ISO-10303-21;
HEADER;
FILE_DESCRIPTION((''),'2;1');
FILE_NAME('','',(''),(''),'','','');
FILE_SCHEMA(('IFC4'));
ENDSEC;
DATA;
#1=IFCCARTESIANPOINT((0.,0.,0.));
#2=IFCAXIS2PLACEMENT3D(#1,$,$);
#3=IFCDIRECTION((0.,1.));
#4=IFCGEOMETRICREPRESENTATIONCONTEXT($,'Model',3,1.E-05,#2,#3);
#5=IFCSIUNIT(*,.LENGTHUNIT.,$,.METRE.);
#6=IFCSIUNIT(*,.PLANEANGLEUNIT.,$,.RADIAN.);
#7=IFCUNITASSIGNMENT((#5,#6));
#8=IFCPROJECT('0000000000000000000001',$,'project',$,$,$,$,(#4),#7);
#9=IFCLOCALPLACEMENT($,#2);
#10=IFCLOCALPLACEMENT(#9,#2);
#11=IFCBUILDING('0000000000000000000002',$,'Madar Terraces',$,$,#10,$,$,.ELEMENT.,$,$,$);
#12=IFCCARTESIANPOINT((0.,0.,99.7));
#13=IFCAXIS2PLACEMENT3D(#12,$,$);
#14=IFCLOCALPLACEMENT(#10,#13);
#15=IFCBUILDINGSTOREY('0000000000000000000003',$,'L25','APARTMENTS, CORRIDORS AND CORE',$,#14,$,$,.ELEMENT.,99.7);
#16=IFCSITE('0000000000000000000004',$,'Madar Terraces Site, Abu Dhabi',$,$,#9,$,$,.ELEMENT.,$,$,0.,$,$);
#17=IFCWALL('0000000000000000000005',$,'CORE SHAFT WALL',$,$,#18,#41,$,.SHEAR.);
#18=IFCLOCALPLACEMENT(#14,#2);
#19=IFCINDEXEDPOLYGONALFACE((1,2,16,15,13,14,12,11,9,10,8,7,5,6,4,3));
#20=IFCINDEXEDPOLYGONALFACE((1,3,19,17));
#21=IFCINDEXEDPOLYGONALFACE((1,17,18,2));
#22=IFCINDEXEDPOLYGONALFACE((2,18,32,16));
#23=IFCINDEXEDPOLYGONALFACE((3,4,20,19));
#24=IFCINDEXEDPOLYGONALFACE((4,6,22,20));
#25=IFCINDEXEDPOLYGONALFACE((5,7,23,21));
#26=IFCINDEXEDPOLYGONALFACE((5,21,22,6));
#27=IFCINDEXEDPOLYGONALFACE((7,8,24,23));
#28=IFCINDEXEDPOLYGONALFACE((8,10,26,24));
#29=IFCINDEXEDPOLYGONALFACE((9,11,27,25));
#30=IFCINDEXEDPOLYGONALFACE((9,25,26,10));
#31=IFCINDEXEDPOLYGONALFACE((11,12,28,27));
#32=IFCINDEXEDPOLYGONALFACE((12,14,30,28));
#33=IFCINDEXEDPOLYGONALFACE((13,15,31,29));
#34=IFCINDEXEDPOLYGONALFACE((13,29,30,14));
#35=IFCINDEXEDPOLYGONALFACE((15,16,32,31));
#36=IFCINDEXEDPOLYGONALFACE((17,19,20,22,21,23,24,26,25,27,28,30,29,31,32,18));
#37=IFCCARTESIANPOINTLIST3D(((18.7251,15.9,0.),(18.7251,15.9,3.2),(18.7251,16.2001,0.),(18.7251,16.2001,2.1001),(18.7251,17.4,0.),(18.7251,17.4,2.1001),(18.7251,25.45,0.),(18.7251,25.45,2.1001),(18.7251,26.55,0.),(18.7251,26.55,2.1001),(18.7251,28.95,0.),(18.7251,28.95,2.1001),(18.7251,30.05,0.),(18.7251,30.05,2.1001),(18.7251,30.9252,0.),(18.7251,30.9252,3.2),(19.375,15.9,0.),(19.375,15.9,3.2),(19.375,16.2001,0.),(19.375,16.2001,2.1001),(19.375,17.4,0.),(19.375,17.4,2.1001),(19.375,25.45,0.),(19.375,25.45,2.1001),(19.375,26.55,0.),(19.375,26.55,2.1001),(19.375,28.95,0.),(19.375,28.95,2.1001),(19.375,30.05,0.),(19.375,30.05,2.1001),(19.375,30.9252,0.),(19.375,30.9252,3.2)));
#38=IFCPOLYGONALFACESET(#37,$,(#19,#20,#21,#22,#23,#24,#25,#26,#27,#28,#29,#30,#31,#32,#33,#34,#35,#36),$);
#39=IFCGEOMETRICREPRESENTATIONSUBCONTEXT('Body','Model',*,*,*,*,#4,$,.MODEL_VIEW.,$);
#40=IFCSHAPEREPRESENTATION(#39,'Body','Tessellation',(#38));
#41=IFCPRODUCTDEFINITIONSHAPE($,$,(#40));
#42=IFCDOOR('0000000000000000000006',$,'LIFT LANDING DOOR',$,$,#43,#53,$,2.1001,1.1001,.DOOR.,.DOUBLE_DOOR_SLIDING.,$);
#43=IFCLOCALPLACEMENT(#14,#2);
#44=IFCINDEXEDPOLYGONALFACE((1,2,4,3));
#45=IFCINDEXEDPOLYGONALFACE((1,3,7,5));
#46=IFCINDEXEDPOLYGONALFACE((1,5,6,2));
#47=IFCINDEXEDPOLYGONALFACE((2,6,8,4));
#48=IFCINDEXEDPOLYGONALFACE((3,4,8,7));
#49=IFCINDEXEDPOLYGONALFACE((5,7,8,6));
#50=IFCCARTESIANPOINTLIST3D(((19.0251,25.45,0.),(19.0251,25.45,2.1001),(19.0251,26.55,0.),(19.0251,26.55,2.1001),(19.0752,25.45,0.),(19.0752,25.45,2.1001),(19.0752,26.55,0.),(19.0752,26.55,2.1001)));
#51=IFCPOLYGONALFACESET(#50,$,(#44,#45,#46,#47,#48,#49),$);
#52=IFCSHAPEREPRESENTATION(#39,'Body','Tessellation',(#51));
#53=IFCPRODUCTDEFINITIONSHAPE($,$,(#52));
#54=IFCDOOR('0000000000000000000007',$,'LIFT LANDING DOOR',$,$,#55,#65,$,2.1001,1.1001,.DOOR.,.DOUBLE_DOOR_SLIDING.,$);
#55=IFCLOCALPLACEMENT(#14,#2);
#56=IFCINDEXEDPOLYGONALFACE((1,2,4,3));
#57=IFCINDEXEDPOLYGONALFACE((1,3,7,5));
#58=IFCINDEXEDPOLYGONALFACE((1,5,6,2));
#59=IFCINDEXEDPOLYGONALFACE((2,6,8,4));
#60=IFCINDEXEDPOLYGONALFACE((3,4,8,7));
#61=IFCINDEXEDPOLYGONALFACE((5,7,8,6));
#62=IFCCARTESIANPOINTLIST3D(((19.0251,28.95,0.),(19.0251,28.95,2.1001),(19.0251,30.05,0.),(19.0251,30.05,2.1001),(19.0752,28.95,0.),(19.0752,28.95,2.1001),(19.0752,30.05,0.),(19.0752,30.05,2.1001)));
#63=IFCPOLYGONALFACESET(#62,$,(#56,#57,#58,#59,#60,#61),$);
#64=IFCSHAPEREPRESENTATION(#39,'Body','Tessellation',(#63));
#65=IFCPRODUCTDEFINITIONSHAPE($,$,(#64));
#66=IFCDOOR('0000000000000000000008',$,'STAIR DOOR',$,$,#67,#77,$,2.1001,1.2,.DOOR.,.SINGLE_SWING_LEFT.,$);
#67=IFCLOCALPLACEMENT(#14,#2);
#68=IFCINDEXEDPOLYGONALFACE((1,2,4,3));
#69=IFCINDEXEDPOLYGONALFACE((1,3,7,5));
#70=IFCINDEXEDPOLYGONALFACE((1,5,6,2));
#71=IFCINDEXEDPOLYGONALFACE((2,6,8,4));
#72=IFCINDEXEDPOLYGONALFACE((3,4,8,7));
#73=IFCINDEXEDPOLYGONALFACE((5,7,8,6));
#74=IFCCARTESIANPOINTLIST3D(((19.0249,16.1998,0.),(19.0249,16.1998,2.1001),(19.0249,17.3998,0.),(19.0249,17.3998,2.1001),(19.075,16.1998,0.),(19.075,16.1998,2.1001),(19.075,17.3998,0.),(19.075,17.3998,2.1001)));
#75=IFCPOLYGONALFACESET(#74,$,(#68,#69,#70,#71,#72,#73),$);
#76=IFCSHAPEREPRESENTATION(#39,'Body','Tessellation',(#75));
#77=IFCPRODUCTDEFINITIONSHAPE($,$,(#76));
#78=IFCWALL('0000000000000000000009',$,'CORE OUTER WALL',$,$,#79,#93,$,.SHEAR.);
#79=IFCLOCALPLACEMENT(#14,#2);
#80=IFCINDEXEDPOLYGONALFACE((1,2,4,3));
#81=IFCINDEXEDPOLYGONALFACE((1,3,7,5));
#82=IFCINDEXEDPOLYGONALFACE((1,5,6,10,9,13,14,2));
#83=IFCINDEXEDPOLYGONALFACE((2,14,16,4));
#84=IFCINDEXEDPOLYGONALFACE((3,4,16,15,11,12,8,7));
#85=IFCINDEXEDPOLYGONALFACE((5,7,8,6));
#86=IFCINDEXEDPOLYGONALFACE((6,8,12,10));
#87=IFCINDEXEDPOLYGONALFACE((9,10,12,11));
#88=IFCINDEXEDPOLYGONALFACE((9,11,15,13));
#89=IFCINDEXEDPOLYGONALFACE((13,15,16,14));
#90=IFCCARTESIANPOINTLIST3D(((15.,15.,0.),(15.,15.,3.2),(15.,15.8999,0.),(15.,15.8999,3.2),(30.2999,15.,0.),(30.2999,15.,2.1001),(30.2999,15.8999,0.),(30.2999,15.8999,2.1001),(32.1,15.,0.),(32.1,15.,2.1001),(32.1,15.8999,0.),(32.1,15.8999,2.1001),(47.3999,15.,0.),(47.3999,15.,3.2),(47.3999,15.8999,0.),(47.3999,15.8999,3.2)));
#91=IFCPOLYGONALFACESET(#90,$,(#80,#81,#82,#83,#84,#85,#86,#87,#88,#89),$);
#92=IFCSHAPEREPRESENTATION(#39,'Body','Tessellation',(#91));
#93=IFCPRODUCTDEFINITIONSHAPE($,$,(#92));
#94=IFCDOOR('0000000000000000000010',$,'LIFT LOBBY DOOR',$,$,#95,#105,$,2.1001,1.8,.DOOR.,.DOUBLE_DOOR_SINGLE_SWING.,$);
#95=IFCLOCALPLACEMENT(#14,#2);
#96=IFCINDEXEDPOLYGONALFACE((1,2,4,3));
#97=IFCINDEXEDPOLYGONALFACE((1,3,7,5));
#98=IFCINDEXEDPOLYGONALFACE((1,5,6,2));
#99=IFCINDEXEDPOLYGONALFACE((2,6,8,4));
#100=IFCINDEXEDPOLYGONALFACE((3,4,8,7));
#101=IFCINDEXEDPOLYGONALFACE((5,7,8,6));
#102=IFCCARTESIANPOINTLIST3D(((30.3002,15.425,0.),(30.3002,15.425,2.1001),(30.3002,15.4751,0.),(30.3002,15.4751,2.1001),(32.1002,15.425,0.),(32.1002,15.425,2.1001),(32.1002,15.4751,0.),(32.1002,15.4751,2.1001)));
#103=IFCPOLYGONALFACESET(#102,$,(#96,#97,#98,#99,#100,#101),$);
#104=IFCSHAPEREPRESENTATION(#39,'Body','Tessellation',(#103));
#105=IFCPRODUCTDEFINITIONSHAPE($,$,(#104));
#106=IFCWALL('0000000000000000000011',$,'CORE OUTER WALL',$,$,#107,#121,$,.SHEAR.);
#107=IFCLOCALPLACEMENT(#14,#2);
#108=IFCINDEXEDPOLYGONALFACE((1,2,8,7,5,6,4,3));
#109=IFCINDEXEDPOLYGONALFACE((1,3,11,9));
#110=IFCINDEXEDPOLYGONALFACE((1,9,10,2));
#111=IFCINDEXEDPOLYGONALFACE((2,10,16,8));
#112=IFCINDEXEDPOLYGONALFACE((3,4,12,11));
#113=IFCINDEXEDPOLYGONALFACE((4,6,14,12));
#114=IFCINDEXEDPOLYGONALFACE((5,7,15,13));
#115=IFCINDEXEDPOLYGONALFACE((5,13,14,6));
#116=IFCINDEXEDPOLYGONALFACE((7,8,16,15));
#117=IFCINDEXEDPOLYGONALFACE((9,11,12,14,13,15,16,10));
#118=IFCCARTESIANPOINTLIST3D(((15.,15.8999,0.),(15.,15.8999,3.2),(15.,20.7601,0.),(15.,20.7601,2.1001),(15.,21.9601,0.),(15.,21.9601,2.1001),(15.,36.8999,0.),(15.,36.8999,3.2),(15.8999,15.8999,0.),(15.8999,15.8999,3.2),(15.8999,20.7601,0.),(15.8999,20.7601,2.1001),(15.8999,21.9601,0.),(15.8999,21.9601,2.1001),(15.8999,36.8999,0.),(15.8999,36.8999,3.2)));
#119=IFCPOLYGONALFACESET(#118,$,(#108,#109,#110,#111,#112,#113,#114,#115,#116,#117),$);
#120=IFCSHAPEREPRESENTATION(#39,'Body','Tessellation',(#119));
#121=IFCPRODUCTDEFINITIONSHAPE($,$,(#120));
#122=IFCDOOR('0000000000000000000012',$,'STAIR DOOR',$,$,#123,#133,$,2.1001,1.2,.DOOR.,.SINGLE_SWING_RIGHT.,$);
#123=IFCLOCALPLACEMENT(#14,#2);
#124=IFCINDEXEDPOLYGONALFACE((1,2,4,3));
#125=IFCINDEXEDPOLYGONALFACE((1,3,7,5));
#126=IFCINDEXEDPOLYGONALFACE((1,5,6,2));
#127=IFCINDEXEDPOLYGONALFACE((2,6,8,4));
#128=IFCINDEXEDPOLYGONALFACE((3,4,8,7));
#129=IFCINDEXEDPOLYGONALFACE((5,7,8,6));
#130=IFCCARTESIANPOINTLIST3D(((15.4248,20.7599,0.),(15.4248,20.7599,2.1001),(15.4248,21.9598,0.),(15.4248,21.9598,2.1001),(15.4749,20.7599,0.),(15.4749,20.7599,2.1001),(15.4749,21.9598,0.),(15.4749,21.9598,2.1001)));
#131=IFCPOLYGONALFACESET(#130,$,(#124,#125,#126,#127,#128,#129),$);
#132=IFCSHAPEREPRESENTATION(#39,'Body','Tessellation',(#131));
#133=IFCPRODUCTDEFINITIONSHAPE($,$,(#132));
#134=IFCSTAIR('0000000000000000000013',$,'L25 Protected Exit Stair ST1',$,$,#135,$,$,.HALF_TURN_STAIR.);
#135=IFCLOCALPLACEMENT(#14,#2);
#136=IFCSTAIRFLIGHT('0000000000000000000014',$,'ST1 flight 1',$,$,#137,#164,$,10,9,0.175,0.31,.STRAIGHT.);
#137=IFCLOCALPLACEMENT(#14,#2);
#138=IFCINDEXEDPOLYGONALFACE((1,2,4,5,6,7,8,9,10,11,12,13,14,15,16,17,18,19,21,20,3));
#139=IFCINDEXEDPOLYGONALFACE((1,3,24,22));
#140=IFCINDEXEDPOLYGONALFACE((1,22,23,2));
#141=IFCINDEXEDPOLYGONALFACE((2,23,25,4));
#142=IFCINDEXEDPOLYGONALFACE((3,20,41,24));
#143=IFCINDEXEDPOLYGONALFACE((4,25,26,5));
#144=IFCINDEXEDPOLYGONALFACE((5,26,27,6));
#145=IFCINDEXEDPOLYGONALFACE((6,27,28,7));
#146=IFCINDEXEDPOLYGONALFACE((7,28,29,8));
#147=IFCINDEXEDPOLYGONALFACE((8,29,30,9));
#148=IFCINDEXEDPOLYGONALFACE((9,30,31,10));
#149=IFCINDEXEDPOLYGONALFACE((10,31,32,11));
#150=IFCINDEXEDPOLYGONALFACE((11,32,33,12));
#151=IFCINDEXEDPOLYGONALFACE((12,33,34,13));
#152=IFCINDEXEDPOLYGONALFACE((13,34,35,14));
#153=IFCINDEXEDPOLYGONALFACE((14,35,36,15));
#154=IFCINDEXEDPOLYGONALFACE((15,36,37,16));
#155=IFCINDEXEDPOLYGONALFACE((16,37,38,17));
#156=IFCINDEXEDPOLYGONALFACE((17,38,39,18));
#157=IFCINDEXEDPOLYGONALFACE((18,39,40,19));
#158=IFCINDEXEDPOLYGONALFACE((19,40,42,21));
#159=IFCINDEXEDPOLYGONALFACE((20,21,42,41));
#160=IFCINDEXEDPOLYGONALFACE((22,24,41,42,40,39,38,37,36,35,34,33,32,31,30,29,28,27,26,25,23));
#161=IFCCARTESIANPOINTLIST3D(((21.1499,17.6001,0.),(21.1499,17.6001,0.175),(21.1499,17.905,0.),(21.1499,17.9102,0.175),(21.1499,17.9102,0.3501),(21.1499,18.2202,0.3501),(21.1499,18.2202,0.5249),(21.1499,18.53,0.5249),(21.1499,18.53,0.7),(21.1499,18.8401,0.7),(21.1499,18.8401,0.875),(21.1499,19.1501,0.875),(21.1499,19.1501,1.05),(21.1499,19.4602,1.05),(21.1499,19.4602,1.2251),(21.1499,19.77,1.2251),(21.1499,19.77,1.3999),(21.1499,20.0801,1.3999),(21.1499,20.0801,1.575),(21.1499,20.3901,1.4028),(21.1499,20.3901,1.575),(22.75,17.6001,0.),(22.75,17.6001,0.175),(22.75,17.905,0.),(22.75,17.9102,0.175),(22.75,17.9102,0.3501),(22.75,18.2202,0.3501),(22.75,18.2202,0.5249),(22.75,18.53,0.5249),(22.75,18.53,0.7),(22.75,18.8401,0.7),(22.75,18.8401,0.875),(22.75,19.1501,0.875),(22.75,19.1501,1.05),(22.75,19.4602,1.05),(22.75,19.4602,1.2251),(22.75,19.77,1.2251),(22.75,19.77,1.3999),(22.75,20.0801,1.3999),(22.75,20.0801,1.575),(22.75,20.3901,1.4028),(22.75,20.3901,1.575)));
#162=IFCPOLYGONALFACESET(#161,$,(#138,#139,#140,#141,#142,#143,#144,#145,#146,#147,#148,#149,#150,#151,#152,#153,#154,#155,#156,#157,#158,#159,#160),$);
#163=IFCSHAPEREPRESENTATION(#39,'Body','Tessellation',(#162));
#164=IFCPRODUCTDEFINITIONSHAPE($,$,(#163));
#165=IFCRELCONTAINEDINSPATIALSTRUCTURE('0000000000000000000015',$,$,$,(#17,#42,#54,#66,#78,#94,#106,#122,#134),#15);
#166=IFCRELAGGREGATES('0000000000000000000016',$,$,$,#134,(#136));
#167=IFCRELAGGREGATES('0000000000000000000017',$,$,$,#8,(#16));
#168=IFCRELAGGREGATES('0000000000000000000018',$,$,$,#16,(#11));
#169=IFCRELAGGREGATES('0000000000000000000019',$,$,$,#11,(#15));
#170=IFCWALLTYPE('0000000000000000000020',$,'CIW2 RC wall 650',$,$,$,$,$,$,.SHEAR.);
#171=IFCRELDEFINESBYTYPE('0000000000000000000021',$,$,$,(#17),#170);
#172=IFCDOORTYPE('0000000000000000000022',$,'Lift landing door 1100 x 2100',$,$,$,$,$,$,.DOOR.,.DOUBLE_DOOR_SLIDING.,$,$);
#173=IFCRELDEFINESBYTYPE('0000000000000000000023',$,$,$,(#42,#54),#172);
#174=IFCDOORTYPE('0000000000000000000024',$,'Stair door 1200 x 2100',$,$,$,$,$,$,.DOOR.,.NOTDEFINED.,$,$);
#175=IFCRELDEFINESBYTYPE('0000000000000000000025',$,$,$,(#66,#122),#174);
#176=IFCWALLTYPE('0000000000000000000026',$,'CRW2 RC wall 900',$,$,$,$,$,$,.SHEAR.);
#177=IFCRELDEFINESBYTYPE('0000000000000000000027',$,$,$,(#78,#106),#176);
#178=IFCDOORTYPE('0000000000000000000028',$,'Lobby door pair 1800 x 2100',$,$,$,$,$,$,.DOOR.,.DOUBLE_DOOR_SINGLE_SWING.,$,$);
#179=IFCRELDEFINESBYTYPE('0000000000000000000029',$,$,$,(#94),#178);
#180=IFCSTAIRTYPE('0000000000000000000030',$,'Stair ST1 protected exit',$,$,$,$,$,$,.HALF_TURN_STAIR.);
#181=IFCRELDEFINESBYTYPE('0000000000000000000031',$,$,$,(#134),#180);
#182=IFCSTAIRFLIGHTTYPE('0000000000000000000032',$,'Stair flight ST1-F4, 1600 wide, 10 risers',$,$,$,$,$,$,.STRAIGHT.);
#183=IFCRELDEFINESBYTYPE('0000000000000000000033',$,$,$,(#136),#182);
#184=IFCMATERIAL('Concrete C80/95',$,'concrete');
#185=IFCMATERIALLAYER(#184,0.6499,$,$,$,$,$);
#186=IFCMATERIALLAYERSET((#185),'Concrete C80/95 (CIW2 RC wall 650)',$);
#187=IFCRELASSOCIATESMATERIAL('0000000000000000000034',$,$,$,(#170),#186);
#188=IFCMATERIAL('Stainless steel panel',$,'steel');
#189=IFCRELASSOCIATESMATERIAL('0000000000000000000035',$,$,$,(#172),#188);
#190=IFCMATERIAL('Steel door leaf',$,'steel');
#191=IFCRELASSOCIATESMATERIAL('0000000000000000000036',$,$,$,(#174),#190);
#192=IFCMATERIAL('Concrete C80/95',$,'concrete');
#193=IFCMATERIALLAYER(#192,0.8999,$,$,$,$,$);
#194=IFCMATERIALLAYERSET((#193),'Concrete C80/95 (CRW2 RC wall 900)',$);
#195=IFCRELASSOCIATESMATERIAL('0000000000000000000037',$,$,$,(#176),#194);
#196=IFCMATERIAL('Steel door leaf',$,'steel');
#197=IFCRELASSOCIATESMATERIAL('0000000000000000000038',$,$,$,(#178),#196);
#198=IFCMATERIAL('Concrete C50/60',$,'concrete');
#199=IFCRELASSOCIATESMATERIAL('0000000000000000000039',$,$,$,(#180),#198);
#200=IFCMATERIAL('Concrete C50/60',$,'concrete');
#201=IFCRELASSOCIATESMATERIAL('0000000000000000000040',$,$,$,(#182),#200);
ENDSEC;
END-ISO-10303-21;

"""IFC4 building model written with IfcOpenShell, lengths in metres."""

from ifc_helpers import new_model, si_unit, direction, frame, frame_2d, origin, place, context, subcontext, project, spatial, polyline, rectangle, outline, extrude, material, layer, layer_set, type_object, element, fill, aggregate, save


model = new_model("IFC4")

# Units and contexts
model_context = context("Model", 3, precision=1e-05, world=origin(), true_north=direction((0.0, 1.0)))
body_context = subcontext(model_context, "Body", "Model", "MODEL_VIEW")
ifc_project = project(units=[si_unit("LENGTHUNIT", "METRE"), si_unit("PLANEANGLEUNIT", "RADIAN")], contexts=[model_context])

# Site, building, storey
site_placement = place(None, origin())
site = spatial("IfcSite", under=ifc_project, at=site_placement, Name="Madar Terraces Site, Abu Dhabi", CompositionType="ELEMENT", RefElevation=0.0)
building_placement = place(site_placement, origin())
building = spatial("IfcBuilding", under=site, at=building_placement, Name="Madar Terraces", CompositionType="ELEMENT")
storey_placement = place(building_placement, frame((0.0, 0.0, 99.7)))
storey = spatial("IfcBuildingStorey", under=building, at=storey_placement, Name="L25", Description="APARTMENTS, CORRIDORS AND CORE", CompositionType="ELEMENT", Elevation=99.7)

# Wall, openings, doors
ifc_material_1 = material(Name="Concrete C80/95", Category="concrete")
ifc_layer_1 = layer(ifc_material_1, 0.6499)
ifc_layer_set_1 = layer_set([ifc_layer_1], Name="Concrete C80/95 (CIW2 RC wall 650)")
wall_type_1 = type_object("IfcWallType", Name="CIW2 RC wall 650", PredefinedType="SHEAR", material=ifc_layer_set_1)
wall_1_placement = place(storey_placement, frame((19.05, 15.8999, 0.0), z_axis=(0.0, 0.0, 1.0), x_axis=(0.0, 1.0, 0.0)))
wall_1 = element("IfcWall", 1, at=wall_1_placement, inside=storey, type_object=wall_type_1, Name="CORE SHAFT WALL", PredefinedType="SHEAR", context=body_context, shape_type="SweptSolid", body=[
    extrude(rectangle(XDim=15.0251, YDim=0.6499, at=frame_2d((7.5127, 0.0))), origin(), (0.0, 0.0, 1.0), 3.2),
])
opening_1_placement = place(wall_1_placement, frame((9.55, 0.0, 0.0)))
opening_1 = element("IfcOpeningElement", 2, at=opening_1_placement, cuts=wall_1, PredefinedType="OPENING", context=body_context, shape_type="SweptSolid", body=[
    extrude(rectangle(XDim=1.1001, YDim=2.1001, at=frame_2d((0.55, 1.05))), frame((0.0, 0.335, 0.0), z_axis=(0.0, -1.0, 0.0), x_axis=(1.0, 0.0, 0.0)), (0.0, 0.0, 1.0), 0.6699),
])
opening_2_placement = place(wall_1_placement, frame((13.05, 0.0, 0.0)))
opening_2 = element("IfcOpeningElement", 3, at=opening_2_placement, cuts=wall_1, PredefinedType="OPENING", context=body_context, shape_type="SweptSolid", body=[
    extrude(rectangle(XDim=1.1001, YDim=2.1001, at=frame_2d((0.55, 1.05))), frame((0.0, 0.335, 0.0), z_axis=(0.0, -1.0, 0.0), x_axis=(1.0, 0.0, 0.0)), (0.0, 0.0, 1.0), 0.6699),
])
opening_3_placement = place(wall_1_placement, frame((0.3, 0.0, 0.0)))
opening_3 = element("IfcOpeningElement", 4, at=opening_3_placement, cuts=wall_1, PredefinedType="OPENING", context=body_context, shape_type="SweptSolid", body=[
    extrude(rectangle(XDim=1.2, YDim=2.1001, at=frame_2d((0.6001, 1.05))), frame((0.0, 0.335, 0.0), z_axis=(0.0, -1.0, 0.0), x_axis=(1.0, 0.0, 0.0)), (0.0, 0.0, 1.0), 0.6699),
])
ifc_material_2 = material(Name="Stainless steel panel", Category="steel")
door_type_1 = type_object("IfcDoorType", Name="Lift landing door 1100 x 2100", OperationType="DOUBLE_DOOR_SLIDING", PredefinedType="DOOR", material=ifc_material_2)
door_1_placement = place(opening_1_placement, origin())
door_1 = element("IfcDoor", 5, at=door_1_placement, inside=storey, type_object=door_type_1, Name="LIFT LANDING DOOR", OperationType="DOUBLE_DOOR_SLIDING", OverallHeight=2.1001, OverallWidth=1.1001, PredefinedType="DOOR", context=body_context, shape_type="SweptSolid", body=[
    extrude(rectangle(XDim=1.1001, YDim=2.1001, at=frame_2d((0.55, 1.05))), frame((0.0, 0.0249, 0.0), z_axis=(0.0, -1.0, 0.0), x_axis=(1.0, 0.0, 0.0)), (0.0, 0.0, 1.0), 0.05),
])
fill(opening_1, door_1)
door_2_placement = place(opening_2_placement, origin())
door_2 = element("IfcDoor", 6, at=door_2_placement, inside=storey, type_object=door_type_1, Name="LIFT LANDING DOOR", OperationType="DOUBLE_DOOR_SLIDING", OverallHeight=2.1001, OverallWidth=1.1001, PredefinedType="DOOR", context=body_context, shape_type="SweptSolid", body=[
    extrude(rectangle(XDim=1.1001, YDim=2.1001, at=frame_2d((0.55, 1.05))), frame((0.0, 0.0249, 0.0), z_axis=(0.0, -1.0, 0.0), x_axis=(1.0, 0.0, 0.0)), (0.0, 0.0, 1.0), 0.05),
])
fill(opening_2, door_2)
ifc_material_3 = material(Name="Steel door leaf", Category="steel")
door_type_2 = type_object("IfcDoorType", Name="Stair door 1200 x 2100", OperationType="NOTDEFINED", PredefinedType="DOOR", material=ifc_material_3)
door_3_placement = place(opening_3_placement, frame((1.2, 0.0, 0.0), z_axis=(0.0, 0.0, 1.0), x_axis=(-1.0, 0.0, 0.0)))
door_3 = element("IfcDoor", 7, at=door_3_placement, inside=storey, type_object=door_type_2, Name="STAIR DOOR", OperationType="SINGLE_SWING_LEFT", OverallHeight=2.1001, OverallWidth=1.2, PredefinedType="DOOR", context=body_context, shape_type="SweptSolid", body=[
    extrude(rectangle(XDim=1.2, YDim=2.1001, at=frame_2d((0.6001, 1.05))), frame((0.0, 0.0249, 0.0), z_axis=(0.0, -1.0, 0.0), x_axis=(1.0, 0.0, 0.0)), (0.0, 0.0, 1.0), 0.05),
])
fill(opening_3, door_3)

# Walls, openings, doors
ifc_material_4 = material(Name="Concrete C80/95", Category="concrete")
ifc_layer_2 = layer(ifc_material_4, 0.8999)
ifc_layer_set_2 = layer_set([ifc_layer_2], Name="Concrete C80/95 (CRW2 RC wall 900)")
wall_type_2 = type_object("IfcWallType", Name="CRW2 RC wall 900", PredefinedType="SHEAR", material=ifc_layer_set_2)
wall_2_placement = place(storey_placement, frame((15.0, 15.45, 0.0), z_axis=(0.0, 0.0, 1.0), x_axis=(1.0, 0.0, 0.0)))
wall_2 = element("IfcWall", 8, at=wall_2_placement, inside=storey, type_object=wall_type_2, Name="CORE OUTER WALL", PredefinedType="SHEAR", context=body_context, shape_type="SweptSolid", body=[
    extrude(rectangle(XDim=32.3999, YDim=0.8999, at=frame_2d((16.2, 0.0))), origin(), (0.0, 0.0, 1.0), 3.2),
])
opening_4_placement = place(wall_2_placement, frame((15.3, 0.0, 0.0)))
opening_4 = element("IfcOpeningElement", 9, at=opening_4_placement, cuts=wall_2, PredefinedType="OPENING", context=body_context, shape_type="SweptSolid", body=[
    extrude(rectangle(XDim=1.8, YDim=2.1001, at=frame_2d((0.8999, 1.05))), frame((0.0, 0.46, 0.0), z_axis=(0.0, -1.0, 0.0), x_axis=(1.0, 0.0, 0.0)), (0.0, 0.0, 1.0), 0.9199),
])
ifc_material_5 = material(Name="Steel door leaf", Category="steel")
door_type_3 = type_object("IfcDoorType", Name="Lobby door pair 1800 x 2100", OperationType="DOUBLE_DOOR_SINGLE_SWING", PredefinedType="DOOR", material=ifc_material_5)
door_4_placement = place(opening_4_placement, frame((1.8, 0.0, 0.0), z_axis=(0.0, 0.0, 1.0), x_axis=(-1.0, 0.0, 0.0)))
door_4 = element("IfcDoor", 10, at=door_4_placement, inside=storey, type_object=door_type_3, Name="LIFT LOBBY DOOR", OperationType="DOUBLE_DOOR_SINGLE_SWING", OverallHeight=2.1001, OverallWidth=1.8, PredefinedType="DOOR", context=body_context, shape_type="SweptSolid", body=[
    extrude(rectangle(XDim=1.8, YDim=2.1001, at=frame_2d((0.8999, 1.05))), frame((0.0, 0.0249, 0.0), z_axis=(0.0, -1.0, 0.0), x_axis=(1.0, 0.0, 0.0)), (0.0, 0.0, 1.0), 0.05),
])
fill(opening_4, door_4)
wall_3_placement = place(storey_placement, frame((15.45, 15.8999, 0.0), z_axis=(0.0, 0.0, 1.0), x_axis=(0.0, 1.0, 0.0)))
wall_3 = element("IfcWall", 11, at=wall_3_placement, inside=storey, type_object=wall_type_2, Name="CORE OUTER WALL", PredefinedType="SHEAR", context=body_context, shape_type="SweptSolid", body=[
    extrude(rectangle(XDim=21.0, YDim=0.8999, at=frame_2d((10.5, 0.0))), origin(), (0.0, 0.0, 1.0), 3.2),
])
opening_5_placement = place(wall_3_placement, frame((4.8601, 0.0, 0.0)))
opening_5 = element("IfcOpeningElement", 12, at=opening_5_placement, cuts=wall_3, PredefinedType="OPENING", context=body_context, shape_type="SweptSolid", body=[
    extrude(rectangle(XDim=1.2, YDim=2.1001, at=frame_2d((0.6001, 1.05))), frame((0.0, 0.46, 0.0), z_axis=(0.0, -1.0, 0.0), x_axis=(1.0, 0.0, 0.0)), (0.0, 0.0, 1.0), 0.9199),
])
door_5_placement = place(opening_5_placement, frame((1.2, 0.0, 0.0), z_axis=(0.0, 0.0, 1.0), x_axis=(-1.0, 0.0, 0.0)))
door_5 = element("IfcDoor", 13, at=door_5_placement, inside=storey, type_object=door_type_2, Name="STAIR DOOR", OperationType="SINGLE_SWING_RIGHT", OverallHeight=2.1001, OverallWidth=1.2, PredefinedType="DOOR", context=body_context, shape_type="SweptSolid", body=[
    extrude(rectangle(XDim=1.2, YDim=2.1001, at=frame_2d((0.6001, 1.05))), frame((0.0, 0.0249, 0.0), z_axis=(0.0, -1.0, 0.0), x_axis=(1.0, 0.0, 0.0)), (0.0, 0.0, 1.0), 0.05),
])
fill(opening_5, door_5)

# Stair, stair flight
ifc_material_6 = material(Name="Concrete C50/60", Category="concrete")
stair_type = type_object("IfcStairType", Name="Stair ST1 protected exit", PredefinedType="HALF_TURN_STAIR", material=ifc_material_6)
stair_placement = place(storey_placement, origin())
stair = element("IfcStair", 14, at=stair_placement, inside=storey, type_object=stair_type, Name="L25 Protected Exit Stair ST1", PredefinedType="HALF_TURN_STAIR")
ifc_material_7 = material(Name="Concrete C50/60", Category="concrete")
stair_flight_type = type_object("IfcStairFlightType", Name="Stair flight ST1-F4, 1600 wide, 10 risers", PredefinedType="STRAIGHT", material=ifc_material_7)
stair_flight_1_placement = place(storey_placement, frame((21.95, 17.6001, 0.0), z_axis=(0.0, 0.0, 1.0), x_axis=(0.0, 1.0, 0.0)))
stair_flight_1 = element("IfcStairFlight", 15, at=stair_flight_1_placement, type_object=stair_flight_type, Name="ST1 flight 1", NumberOfRisers=10, NumberOfTreads=9, PredefinedType="STRAIGHT", RiserHeight=0.175, TreadLength=0.31, context=body_context, shape_type="SweptSolid", body=[
    extrude(outline(polyline([(0.0, 0.0), (0.0, 0.175), (0.3101, 0.175), (0.3101, 0.3501), (0.6201, 0.3501), (0.6201, 0.5249), (0.9299, 0.5249), (0.9299, 0.7), (1.24, 0.7), (1.24, 0.875), (1.55, 0.875), (1.55, 1.05), (1.8601, 1.05), (1.8601, 1.2251), (2.1699, 1.2251), (2.1699, 1.3999), (2.48, 1.3999), (2.48, 1.575), (2.79, 1.575), (2.79, 1.75), (2.79, 1.4028), (0.3049, 0.0), (0.0, 0.0)])), frame((0.0, 0.8, 0.0), z_axis=(0.0, -1.0, 0.0), x_axis=(1.0, 0.0, 0.0)), (0.0, 0.0, 1.0), 1.6001),
])
aggregate(stair, [stair_flight_1])

save(model, "model.ifc")
